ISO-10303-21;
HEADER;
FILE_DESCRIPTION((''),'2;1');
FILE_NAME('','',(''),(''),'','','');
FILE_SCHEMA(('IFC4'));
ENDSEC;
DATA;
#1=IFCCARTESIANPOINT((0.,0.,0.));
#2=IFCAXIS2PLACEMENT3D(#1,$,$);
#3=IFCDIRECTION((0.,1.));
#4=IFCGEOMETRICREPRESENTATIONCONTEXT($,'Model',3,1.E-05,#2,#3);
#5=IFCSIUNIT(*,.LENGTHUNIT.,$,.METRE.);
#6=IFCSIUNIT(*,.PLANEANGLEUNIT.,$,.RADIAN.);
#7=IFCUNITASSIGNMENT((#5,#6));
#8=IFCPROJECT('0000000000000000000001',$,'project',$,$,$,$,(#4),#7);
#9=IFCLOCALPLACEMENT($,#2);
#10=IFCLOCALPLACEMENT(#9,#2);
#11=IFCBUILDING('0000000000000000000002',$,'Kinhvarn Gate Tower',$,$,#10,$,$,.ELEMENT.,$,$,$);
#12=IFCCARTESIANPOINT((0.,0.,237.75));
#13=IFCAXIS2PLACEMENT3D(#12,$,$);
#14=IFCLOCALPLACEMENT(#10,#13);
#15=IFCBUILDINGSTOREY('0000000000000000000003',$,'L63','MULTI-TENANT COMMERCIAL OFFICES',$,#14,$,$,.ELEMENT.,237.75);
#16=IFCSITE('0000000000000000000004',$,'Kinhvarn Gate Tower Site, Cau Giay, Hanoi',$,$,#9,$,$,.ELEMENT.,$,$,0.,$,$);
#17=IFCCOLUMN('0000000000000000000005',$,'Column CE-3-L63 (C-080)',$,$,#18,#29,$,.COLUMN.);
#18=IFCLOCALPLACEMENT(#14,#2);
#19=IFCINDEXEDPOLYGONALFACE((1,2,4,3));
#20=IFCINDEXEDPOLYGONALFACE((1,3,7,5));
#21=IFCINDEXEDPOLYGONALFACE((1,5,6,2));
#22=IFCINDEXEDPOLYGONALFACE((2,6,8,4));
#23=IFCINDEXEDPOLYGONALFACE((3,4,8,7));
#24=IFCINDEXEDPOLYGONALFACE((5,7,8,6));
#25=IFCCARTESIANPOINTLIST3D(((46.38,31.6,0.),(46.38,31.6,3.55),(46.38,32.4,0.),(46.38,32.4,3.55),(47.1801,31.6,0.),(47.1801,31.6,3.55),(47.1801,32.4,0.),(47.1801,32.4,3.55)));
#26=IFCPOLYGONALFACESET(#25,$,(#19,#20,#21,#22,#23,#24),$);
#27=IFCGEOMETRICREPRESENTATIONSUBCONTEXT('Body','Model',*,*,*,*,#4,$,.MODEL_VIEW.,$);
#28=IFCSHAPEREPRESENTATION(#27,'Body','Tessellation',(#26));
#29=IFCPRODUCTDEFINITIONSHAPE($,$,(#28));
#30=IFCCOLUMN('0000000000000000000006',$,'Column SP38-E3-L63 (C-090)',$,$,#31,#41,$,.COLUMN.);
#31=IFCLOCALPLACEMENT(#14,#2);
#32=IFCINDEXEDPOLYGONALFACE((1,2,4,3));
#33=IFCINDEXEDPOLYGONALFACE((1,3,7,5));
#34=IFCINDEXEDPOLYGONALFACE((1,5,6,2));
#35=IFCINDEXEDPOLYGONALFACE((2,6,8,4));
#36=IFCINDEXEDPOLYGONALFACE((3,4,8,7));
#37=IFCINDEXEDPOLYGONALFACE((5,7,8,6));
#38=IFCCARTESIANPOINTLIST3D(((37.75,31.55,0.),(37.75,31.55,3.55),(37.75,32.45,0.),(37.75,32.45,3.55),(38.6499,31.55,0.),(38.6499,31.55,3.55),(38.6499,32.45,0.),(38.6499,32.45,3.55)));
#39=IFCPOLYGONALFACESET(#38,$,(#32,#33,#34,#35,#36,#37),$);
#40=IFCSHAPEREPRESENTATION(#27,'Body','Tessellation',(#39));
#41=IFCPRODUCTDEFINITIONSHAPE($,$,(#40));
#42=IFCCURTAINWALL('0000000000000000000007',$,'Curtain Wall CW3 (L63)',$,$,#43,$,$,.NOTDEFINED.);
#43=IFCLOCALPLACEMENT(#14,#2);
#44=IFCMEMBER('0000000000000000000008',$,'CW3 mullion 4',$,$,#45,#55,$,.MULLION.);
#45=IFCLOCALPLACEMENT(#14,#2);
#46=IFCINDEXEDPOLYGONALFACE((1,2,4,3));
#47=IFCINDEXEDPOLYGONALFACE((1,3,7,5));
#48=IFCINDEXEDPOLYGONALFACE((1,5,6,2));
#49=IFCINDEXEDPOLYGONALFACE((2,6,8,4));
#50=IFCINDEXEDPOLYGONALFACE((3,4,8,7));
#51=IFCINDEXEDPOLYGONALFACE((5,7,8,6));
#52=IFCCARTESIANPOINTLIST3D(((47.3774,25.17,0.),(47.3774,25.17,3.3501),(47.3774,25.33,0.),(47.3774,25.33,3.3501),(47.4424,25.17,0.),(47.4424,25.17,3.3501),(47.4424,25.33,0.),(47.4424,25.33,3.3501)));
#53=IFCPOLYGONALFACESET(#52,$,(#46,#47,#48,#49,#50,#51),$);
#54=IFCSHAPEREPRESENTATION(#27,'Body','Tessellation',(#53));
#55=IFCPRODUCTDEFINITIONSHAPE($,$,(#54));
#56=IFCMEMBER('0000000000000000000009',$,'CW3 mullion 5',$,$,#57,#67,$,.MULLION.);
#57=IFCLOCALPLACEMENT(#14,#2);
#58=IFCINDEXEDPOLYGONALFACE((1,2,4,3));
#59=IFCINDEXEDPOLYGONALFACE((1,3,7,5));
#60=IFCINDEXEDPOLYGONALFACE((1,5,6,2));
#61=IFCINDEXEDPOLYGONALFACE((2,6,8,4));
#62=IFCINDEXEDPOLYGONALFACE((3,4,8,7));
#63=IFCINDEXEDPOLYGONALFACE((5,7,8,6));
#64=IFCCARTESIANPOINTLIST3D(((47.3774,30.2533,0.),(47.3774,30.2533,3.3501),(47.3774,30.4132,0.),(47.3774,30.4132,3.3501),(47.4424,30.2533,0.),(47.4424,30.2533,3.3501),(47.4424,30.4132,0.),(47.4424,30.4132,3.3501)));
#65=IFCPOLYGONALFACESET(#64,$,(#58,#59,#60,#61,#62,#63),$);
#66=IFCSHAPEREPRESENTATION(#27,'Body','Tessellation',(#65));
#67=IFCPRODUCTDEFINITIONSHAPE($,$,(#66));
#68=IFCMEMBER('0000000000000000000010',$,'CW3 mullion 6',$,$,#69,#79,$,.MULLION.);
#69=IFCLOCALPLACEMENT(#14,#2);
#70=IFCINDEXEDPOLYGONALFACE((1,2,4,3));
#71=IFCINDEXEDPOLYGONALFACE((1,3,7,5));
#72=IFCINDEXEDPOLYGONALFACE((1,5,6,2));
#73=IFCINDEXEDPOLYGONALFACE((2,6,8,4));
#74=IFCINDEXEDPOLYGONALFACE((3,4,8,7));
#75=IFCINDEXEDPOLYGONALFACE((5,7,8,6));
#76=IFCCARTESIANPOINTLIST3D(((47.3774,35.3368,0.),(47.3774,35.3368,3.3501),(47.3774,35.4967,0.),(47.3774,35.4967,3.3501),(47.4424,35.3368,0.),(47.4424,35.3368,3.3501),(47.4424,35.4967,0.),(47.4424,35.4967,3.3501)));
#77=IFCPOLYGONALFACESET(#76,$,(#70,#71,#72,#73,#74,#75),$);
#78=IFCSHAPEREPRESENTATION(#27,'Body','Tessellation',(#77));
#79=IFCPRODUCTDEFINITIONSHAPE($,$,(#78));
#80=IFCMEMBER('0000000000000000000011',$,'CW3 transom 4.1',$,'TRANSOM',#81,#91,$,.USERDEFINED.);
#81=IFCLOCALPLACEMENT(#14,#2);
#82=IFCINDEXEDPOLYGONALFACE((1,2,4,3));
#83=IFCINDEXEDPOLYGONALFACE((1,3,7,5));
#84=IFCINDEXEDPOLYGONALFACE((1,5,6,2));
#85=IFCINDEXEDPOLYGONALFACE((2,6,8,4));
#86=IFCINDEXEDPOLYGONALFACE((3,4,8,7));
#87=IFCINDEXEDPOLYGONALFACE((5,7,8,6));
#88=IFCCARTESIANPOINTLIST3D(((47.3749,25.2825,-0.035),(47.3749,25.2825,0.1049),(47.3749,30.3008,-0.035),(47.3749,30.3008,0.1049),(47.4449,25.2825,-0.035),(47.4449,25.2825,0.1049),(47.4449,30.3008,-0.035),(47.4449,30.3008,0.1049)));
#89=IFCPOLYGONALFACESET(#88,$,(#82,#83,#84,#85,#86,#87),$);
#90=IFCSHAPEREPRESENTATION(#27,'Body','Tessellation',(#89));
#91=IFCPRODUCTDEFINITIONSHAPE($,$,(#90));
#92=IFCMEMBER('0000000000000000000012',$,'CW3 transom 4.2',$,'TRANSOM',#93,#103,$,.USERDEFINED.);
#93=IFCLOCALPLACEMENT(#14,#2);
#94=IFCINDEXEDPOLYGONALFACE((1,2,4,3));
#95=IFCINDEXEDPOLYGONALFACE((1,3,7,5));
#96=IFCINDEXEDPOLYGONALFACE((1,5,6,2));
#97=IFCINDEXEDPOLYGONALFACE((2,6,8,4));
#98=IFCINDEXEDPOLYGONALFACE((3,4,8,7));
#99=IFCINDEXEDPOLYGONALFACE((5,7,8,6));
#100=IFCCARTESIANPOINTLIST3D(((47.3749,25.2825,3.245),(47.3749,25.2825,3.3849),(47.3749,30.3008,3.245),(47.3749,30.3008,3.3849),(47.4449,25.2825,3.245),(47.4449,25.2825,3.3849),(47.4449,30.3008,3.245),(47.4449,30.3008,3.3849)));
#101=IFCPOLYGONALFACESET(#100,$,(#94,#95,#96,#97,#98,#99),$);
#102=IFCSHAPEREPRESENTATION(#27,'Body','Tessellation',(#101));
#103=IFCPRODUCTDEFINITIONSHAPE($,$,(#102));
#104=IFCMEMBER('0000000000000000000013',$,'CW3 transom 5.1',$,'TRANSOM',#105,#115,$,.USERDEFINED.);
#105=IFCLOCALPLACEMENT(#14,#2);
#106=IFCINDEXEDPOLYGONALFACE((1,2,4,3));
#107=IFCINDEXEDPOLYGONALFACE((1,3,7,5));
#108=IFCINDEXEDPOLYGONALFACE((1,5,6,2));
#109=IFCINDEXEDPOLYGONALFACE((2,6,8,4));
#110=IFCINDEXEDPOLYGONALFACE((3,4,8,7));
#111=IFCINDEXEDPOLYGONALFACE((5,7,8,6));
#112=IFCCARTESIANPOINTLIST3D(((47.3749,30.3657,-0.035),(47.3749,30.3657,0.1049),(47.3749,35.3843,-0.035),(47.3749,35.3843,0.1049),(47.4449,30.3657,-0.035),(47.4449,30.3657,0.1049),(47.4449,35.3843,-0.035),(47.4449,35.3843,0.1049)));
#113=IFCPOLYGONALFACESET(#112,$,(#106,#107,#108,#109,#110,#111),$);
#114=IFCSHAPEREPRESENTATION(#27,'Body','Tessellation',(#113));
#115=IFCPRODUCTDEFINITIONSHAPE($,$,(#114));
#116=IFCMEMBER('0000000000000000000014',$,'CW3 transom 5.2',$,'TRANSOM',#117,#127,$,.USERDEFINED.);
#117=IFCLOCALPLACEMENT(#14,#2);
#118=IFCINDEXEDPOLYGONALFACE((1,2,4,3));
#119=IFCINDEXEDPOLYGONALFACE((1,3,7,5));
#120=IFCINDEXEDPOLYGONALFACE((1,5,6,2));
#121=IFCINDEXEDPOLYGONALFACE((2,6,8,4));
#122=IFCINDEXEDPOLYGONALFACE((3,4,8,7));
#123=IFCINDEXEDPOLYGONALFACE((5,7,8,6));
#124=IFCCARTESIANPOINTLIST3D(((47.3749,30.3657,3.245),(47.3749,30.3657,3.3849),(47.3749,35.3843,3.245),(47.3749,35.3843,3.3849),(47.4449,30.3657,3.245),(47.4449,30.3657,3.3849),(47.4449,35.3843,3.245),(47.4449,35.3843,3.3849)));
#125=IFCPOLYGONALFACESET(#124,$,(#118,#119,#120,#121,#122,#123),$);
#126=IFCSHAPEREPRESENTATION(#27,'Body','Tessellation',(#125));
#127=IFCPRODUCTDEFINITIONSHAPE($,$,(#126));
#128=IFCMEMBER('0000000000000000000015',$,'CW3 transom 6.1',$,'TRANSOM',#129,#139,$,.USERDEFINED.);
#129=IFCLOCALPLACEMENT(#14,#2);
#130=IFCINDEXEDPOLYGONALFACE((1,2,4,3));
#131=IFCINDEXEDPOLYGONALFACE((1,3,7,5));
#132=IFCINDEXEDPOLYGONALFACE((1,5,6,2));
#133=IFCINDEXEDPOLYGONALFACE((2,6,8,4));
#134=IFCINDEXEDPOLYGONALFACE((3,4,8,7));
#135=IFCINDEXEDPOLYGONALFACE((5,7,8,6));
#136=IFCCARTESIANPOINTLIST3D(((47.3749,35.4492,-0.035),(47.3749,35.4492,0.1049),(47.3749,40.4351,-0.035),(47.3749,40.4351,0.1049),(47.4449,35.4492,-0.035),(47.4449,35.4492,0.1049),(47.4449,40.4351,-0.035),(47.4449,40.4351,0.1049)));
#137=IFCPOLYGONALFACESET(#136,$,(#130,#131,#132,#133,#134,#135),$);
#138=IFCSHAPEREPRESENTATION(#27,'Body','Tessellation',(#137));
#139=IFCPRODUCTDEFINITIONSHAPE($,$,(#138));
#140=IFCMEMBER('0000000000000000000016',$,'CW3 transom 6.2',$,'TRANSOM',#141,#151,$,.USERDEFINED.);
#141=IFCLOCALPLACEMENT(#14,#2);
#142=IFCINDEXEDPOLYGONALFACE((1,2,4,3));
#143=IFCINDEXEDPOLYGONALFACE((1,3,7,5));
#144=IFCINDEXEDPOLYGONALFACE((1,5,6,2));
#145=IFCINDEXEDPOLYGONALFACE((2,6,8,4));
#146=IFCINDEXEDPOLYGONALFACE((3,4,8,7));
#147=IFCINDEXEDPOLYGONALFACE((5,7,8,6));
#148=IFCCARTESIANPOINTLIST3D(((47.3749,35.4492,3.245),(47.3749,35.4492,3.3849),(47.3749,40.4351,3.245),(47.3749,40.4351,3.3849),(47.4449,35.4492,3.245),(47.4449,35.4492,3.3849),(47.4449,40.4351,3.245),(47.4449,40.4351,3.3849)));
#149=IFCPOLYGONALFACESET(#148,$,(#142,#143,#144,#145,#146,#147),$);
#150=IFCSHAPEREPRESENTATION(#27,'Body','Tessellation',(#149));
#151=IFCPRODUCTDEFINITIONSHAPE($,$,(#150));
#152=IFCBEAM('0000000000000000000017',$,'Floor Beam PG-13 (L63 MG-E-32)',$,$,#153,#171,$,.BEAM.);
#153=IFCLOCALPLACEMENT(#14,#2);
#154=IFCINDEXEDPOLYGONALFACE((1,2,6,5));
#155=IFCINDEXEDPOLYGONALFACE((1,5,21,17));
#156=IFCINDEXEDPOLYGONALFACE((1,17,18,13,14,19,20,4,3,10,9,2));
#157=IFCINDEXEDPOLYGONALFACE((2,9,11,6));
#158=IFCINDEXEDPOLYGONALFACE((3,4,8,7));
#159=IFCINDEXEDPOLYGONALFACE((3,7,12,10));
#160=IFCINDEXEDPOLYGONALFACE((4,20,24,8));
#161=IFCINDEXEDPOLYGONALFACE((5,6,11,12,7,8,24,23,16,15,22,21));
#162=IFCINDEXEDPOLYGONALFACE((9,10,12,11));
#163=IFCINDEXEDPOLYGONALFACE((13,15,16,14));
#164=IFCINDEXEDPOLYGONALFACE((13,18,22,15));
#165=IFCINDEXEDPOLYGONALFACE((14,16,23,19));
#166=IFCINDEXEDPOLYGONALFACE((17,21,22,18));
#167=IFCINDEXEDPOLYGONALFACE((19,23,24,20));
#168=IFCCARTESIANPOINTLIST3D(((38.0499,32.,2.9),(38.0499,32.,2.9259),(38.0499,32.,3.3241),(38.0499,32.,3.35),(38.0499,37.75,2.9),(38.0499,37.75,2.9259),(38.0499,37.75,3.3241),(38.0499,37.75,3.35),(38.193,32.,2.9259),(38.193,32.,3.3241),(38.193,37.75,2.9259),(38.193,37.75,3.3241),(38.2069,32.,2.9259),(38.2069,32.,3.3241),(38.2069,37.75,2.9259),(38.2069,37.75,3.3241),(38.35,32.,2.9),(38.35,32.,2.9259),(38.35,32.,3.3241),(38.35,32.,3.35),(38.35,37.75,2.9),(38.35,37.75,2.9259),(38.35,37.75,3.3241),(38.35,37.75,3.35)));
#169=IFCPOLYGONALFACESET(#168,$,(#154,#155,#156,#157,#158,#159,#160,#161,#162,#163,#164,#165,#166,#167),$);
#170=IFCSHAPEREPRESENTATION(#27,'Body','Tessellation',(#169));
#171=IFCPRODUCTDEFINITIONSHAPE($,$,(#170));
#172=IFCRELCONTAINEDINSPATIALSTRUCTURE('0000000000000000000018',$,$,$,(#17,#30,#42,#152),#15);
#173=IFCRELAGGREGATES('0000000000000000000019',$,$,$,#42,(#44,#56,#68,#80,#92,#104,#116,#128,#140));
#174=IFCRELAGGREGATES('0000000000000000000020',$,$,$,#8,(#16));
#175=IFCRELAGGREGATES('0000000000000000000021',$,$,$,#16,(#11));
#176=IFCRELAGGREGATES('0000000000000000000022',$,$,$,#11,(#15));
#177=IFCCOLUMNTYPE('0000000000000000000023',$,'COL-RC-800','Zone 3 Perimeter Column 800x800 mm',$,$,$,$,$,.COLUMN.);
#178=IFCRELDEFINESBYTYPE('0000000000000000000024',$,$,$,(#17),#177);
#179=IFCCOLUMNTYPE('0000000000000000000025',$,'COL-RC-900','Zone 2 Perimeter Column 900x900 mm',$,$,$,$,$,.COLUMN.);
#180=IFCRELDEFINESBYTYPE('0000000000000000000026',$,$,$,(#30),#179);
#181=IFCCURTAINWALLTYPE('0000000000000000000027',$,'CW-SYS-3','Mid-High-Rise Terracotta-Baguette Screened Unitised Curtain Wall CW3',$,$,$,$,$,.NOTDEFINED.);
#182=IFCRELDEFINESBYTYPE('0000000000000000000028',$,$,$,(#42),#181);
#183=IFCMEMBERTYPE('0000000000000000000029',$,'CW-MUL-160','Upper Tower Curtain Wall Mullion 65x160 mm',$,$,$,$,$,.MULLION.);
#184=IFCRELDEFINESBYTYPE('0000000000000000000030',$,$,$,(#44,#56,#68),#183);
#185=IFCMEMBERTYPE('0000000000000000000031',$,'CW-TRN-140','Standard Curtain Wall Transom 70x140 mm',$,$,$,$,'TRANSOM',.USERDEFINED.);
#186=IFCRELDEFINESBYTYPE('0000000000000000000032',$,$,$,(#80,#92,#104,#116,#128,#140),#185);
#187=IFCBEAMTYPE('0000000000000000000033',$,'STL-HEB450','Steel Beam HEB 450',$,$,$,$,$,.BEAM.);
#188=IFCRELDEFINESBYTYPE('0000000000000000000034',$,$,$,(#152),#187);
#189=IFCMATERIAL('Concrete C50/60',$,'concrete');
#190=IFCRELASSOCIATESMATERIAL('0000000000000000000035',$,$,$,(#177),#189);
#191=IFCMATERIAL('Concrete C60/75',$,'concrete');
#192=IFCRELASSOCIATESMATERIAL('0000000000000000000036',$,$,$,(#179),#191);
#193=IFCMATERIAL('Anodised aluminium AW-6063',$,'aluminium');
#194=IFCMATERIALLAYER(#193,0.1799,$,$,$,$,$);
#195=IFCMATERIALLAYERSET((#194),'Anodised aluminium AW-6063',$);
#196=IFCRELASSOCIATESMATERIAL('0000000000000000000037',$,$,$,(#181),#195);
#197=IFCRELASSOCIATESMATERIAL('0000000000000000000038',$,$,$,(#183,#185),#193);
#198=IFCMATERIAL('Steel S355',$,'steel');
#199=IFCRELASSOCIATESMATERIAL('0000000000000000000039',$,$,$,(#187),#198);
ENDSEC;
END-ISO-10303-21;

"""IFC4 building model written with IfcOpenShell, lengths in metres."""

from ifc_helpers import new_model, si_unit, direction, frame, origin, origin_2d, place, context, subcontext, project, spatial, rectangle, i_section, extrude, material, layer, layer_set, material_profile, profile_set, type_object, element, aggregate, save


model = new_model("IFC4")

# Units and contexts
model_context = context("Model", 3, precision=1e-05, world=origin(), true_north=direction((0.0, 1.0)))
body_context = subcontext(model_context, "Body", "Model", "MODEL_VIEW")
ifc_project = project(units=[si_unit("LENGTHUNIT", "METRE"), si_unit("PLANEANGLEUNIT", "RADIAN")], contexts=[model_context])

# Site, building, storey
site_placement = place(None, origin())
site = spatial("IfcSite", under=ifc_project, at=site_placement, Name="Kinhvarn Gate Tower Site, Cau Giay, Hanoi", CompositionType="ELEMENT", RefElevation=0.0)
building_placement = place(site_placement, origin())
building = spatial("IfcBuilding", under=site, at=building_placement, Name="Kinhvarn Gate Tower", CompositionType="ELEMENT")
storey_placement = place(building_placement, frame((0.0, 0.0, 237.75)))
storey = spatial("IfcBuildingStorey", under=building, at=storey_placement, Name="L63", Description="MULTI-TENANT COMMERCIAL OFFICES", CompositionType="ELEMENT", Elevation=237.75)

# Columns
ifc_material_1 = material(Name="Concrete C50/60", Category="concrete")
ifc_material_profile_1 = material_profile(ifc_material_1, rectangle(XDim=0.8, YDim=0.8, at=origin_2d()), Name="RC 800x800")
ifc_profile_set_1 = profile_set([ifc_material_profile_1], Name="Concrete C50/60")
column_type_1 = type_object("IfcColumnType", Name="COL-RC-800", Description="Zone 3 Perimeter Column 800x800 mm", PredefinedType="COLUMN", material=ifc_profile_set_1)
column_1_placement = place(storey_placement, frame((46.78, 32.0, 0.0), z_axis=(0.0, 0.0, 1.0), x_axis=(1.0, 0.0, 0.0)))
element("IfcColumn", 1, at=column_1_placement, inside=storey, type_object=column_type_1, Name="Column CE-3-L63 (C-080)", PredefinedType="COLUMN", context=body_context, shape_type="SweptSolid", body=[
    extrude(rectangle(XDim=0.8, YDim=0.8, at=origin_2d()), origin(), (0.0, 0.0, 1.0), 3.55),
])
ifc_material_2 = material(Name="Concrete C60/75", Category="concrete")
ifc_material_profile_2 = material_profile(ifc_material_2, rectangle(XDim=0.8999, YDim=0.8999, at=origin_2d()), Name="RC 900x900")
ifc_profile_set_2 = profile_set([ifc_material_profile_2], Name="Concrete C60/75")
column_type_2 = type_object("IfcColumnType", Name="COL-RC-900", Description="Zone 2 Perimeter Column 900x900 mm", PredefinedType="COLUMN", material=ifc_profile_set_2)
column_2_placement = place(storey_placement, frame((38.2, 32.0, 0.0), z_axis=(0.0, 0.0, 1.0), x_axis=(1.0, 0.0, 0.0)))
element("IfcColumn", 2, at=column_2_placement, inside=storey, type_object=column_type_2, Name="Column SP38-E3-L63 (C-090)", PredefinedType="COLUMN", context=body_context, shape_type="SweptSolid", body=[
    extrude(rectangle(XDim=0.8999, YDim=0.8999, at=origin_2d()), origin(), (0.0, 0.0, 1.0), 3.55),
])

# Curtain wall, members
ifc_material_3 = material(Name="Anodised aluminium AW-6063", Category="aluminium")
ifc_layer_1 = layer(ifc_material_3, 0.1799)
ifc_layer_set_1 = layer_set([ifc_layer_1], Name="Anodised aluminium AW-6063")
curtain_wall_type = type_object("IfcCurtainWallType", Name="CW-SYS-3", Description="Mid-High-Rise Terracotta-Baguette Screened Unitised Curtain Wall CW3", PredefinedType="NOTDEFINED", material=ifc_layer_set_1)
curtain_wall_placement = place(storey_placement, origin())
curtain_wall = element("IfcCurtainWall", 3, at=curtain_wall_placement, inside=storey, type_object=curtain_wall_type, Name="Curtain Wall CW3 (L63)", PredefinedType="NOTDEFINED")
ifc_material_profile_3 = material_profile(ifc_material_3, rectangle(XDim=0.0649, YDim=0.1599, at=origin_2d()), Name="ALU 65x160")
ifc_profile_set_3 = profile_set([ifc_material_profile_3], Name="Anodised aluminium AW-6063")
member_type_1 = type_object("IfcMemberType", Name="CW-MUL-160", Description="Upper Tower Curtain Wall Mullion 65x160 mm", PredefinedType="MULLION", material=ifc_profile_set_3)
member_1_placement = place(storey_placement, frame((47.4099, 25.25, 0.0), z_axis=(0.0, 0.0, 1.0), x_axis=(-1.0, 0.0, 0.0)))
member_1 = element("IfcMember", 4, at=member_1_placement, type_object=member_type_1, Name="CW3 mullion 4", PredefinedType="MULLION", context=body_context, shape_type="SweptSolid", body=[
    extrude(rectangle(XDim=0.0649, YDim=0.1599, at=origin_2d()), origin(), (0.0, 0.0, 1.0), 3.3501),
])
member_2_placement = place(storey_placement, frame((47.4099, 30.3333, 0.0), z_axis=(0.0, 0.0, 1.0), x_axis=(-1.0, 0.0, 0.0)))
member_2 = element("IfcMember", 5, at=member_2_placement, type_object=member_type_1, Name="CW3 mullion 5", PredefinedType="MULLION", context=body_context, shape_type="SweptSolid", body=[
    extrude(rectangle(XDim=0.0649, YDim=0.1599, at=origin_2d()), origin(), (0.0, 0.0, 1.0), 3.3501),
])
member_3_placement = place(storey_placement, frame((47.4099, 35.4167, 0.0), z_axis=(0.0, 0.0, 1.0), x_axis=(-1.0, 0.0, 0.0)))
member_3 = element("IfcMember", 6, at=member_3_placement, type_object=member_type_1, Name="CW3 mullion 6", PredefinedType="MULLION", context=body_context, shape_type="SweptSolid", body=[
    extrude(rectangle(XDim=0.0649, YDim=0.1599, at=origin_2d()), origin(), (0.0, 0.0, 1.0), 3.3501),
])
ifc_material_profile_4 = material_profile(ifc_material_3, rectangle(XDim=0.0701, YDim=0.1399, at=origin_2d()), Name="ALU 70x140")
ifc_profile_set_4 = profile_set([ifc_material_profile_4], Name="Anodised aluminium AW-6063")
member_type_2 = type_object("IfcMemberType", Name="CW-TRN-140", Description="Standard Curtain Wall Transom 70x140 mm", ElementType="TRANSOM", PredefinedType="USERDEFINED", material=ifc_profile_set_4)
member_4_placement = place(storey_placement, frame((47.4099, 25.2825, 0.0349), z_axis=(0.0, 1.0, 0.0), x_axis=(-1.0, 0.0, 0.0)))
member_4 = element("IfcMember", 7, at=member_4_placement, type_object=member_type_2, Name="CW3 transom 4.1", ObjectType="TRANSOM", PredefinedType="USERDEFINED", context=body_context, shape_type="SweptSolid", body=[
    extrude(rectangle(XDim=0.0701, YDim=0.1399, at=origin_2d()), origin(), (0.0, 0.0, 1.0), 5.0183),
])
member_5_placement = place(storey_placement, frame((47.4099, 25.2825, 3.3149), z_axis=(0.0, 1.0, 0.0), x_axis=(-1.0, 0.0, 0.0)))
member_5 = element("IfcMember", 8, at=member_5_placement, type_object=member_type_2, Name="CW3 transom 4.2", ObjectType="TRANSOM", PredefinedType="USERDEFINED", context=body_context, shape_type="SweptSolid", body=[
    extrude(rectangle(XDim=0.0701, YDim=0.1399, at=origin_2d()), origin(), (0.0, 0.0, 1.0), 5.0183),
])
member_6_placement = place(storey_placement, frame((47.4099, 30.3657, 0.0349), z_axis=(0.0, 1.0, 0.0), x_axis=(-1.0, 0.0, 0.0)))
member_6 = element("IfcMember", 9, at=member_6_placement, type_object=member_type_2, Name="CW3 transom 5.1", ObjectType="TRANSOM", PredefinedType="USERDEFINED", context=body_context, shape_type="SweptSolid", body=[
    extrude(rectangle(XDim=0.0701, YDim=0.1399, at=origin_2d()), origin(), (0.0, 0.0, 1.0), 5.0186),
])
member_7_placement = place(storey_placement, frame((47.4099, 30.3657, 3.3149), z_axis=(0.0, 1.0, 0.0), x_axis=(-1.0, 0.0, 0.0)))
member_7 = element("IfcMember", 10, at=member_7_placement, type_object=member_type_2, Name="CW3 transom 5.2", ObjectType="TRANSOM", PredefinedType="USERDEFINED", context=body_context, shape_type="SweptSolid", body=[
    extrude(rectangle(XDim=0.0701, YDim=0.1399, at=origin_2d()), origin(), (0.0, 0.0, 1.0), 5.0186),
])
member_8_placement = place(storey_placement, frame((47.4099, 35.4492, 0.0349), z_axis=(0.0, 1.0, 0.0), x_axis=(-1.0, 0.0, 0.0)))
member_8 = element("IfcMember", 11, at=member_8_placement, type_object=member_type_2, Name="CW3 transom 6.1", ObjectType="TRANSOM", PredefinedType="USERDEFINED", context=body_context, shape_type="SweptSolid", body=[
    extrude(rectangle(XDim=0.0701, YDim=0.1399, at=origin_2d()), origin(), (0.0, 0.0, 1.0), 4.9858),
])
member_9_placement = place(storey_placement, frame((47.4099, 35.4492, 3.3149), z_axis=(0.0, 1.0, 0.0), x_axis=(-1.0, 0.0, 0.0)))
member_9 = element("IfcMember", 12, at=member_9_placement, type_object=member_type_2, Name="CW3 transom 6.2", ObjectType="TRANSOM", PredefinedType="USERDEFINED", context=body_context, shape_type="SweptSolid", body=[
    extrude(rectangle(XDim=0.0701, YDim=0.1399, at=origin_2d()), origin(), (0.0, 0.0, 1.0), 4.9858),
])

# Beam
ifc_material_4 = material(Name="Steel S355", Category="steel")
ifc_material_profile_5 = material_profile(ifc_material_4, i_section(OverallWidth=0.3, OverallDepth=0.45, WebThickness=0.0139, FlangeThickness=0.0259, at=origin_2d()), Name="HEB 450")
ifc_profile_set_5 = profile_set([ifc_material_profile_5], Name="Steel S355")
beam_type_1 = type_object("IfcBeamType", Name="STL-HEB450", Description="Steel Beam HEB 450", PredefinedType="BEAM", material=ifc_profile_set_5)
beam_1_placement = place(storey_placement, frame((38.2, 32.0, 3.125), z_axis=(0.0, 1.0, 0.0), x_axis=(-1.0, 0.0, 0.0)))
element("IfcBeam", 13, at=beam_1_placement, inside=storey, type_object=beam_type_1, Name="Floor Beam PG-13 (L63 MG-E-32)", PredefinedType="BEAM", context=body_context, shape_type="SweptSolid", body=[
    extrude(i_section(OverallWidth=0.3, OverallDepth=0.45, WebThickness=0.0139, FlangeThickness=0.0259, at=origin_2d()), origin(), (0.0, 0.0, 1.0), 5.75),
])

aggregate(curtain_wall, [member_1, member_2, member_3, member_4, member_5, member_6, member_7, member_8, member_9])

save(model, "model.ifc")
